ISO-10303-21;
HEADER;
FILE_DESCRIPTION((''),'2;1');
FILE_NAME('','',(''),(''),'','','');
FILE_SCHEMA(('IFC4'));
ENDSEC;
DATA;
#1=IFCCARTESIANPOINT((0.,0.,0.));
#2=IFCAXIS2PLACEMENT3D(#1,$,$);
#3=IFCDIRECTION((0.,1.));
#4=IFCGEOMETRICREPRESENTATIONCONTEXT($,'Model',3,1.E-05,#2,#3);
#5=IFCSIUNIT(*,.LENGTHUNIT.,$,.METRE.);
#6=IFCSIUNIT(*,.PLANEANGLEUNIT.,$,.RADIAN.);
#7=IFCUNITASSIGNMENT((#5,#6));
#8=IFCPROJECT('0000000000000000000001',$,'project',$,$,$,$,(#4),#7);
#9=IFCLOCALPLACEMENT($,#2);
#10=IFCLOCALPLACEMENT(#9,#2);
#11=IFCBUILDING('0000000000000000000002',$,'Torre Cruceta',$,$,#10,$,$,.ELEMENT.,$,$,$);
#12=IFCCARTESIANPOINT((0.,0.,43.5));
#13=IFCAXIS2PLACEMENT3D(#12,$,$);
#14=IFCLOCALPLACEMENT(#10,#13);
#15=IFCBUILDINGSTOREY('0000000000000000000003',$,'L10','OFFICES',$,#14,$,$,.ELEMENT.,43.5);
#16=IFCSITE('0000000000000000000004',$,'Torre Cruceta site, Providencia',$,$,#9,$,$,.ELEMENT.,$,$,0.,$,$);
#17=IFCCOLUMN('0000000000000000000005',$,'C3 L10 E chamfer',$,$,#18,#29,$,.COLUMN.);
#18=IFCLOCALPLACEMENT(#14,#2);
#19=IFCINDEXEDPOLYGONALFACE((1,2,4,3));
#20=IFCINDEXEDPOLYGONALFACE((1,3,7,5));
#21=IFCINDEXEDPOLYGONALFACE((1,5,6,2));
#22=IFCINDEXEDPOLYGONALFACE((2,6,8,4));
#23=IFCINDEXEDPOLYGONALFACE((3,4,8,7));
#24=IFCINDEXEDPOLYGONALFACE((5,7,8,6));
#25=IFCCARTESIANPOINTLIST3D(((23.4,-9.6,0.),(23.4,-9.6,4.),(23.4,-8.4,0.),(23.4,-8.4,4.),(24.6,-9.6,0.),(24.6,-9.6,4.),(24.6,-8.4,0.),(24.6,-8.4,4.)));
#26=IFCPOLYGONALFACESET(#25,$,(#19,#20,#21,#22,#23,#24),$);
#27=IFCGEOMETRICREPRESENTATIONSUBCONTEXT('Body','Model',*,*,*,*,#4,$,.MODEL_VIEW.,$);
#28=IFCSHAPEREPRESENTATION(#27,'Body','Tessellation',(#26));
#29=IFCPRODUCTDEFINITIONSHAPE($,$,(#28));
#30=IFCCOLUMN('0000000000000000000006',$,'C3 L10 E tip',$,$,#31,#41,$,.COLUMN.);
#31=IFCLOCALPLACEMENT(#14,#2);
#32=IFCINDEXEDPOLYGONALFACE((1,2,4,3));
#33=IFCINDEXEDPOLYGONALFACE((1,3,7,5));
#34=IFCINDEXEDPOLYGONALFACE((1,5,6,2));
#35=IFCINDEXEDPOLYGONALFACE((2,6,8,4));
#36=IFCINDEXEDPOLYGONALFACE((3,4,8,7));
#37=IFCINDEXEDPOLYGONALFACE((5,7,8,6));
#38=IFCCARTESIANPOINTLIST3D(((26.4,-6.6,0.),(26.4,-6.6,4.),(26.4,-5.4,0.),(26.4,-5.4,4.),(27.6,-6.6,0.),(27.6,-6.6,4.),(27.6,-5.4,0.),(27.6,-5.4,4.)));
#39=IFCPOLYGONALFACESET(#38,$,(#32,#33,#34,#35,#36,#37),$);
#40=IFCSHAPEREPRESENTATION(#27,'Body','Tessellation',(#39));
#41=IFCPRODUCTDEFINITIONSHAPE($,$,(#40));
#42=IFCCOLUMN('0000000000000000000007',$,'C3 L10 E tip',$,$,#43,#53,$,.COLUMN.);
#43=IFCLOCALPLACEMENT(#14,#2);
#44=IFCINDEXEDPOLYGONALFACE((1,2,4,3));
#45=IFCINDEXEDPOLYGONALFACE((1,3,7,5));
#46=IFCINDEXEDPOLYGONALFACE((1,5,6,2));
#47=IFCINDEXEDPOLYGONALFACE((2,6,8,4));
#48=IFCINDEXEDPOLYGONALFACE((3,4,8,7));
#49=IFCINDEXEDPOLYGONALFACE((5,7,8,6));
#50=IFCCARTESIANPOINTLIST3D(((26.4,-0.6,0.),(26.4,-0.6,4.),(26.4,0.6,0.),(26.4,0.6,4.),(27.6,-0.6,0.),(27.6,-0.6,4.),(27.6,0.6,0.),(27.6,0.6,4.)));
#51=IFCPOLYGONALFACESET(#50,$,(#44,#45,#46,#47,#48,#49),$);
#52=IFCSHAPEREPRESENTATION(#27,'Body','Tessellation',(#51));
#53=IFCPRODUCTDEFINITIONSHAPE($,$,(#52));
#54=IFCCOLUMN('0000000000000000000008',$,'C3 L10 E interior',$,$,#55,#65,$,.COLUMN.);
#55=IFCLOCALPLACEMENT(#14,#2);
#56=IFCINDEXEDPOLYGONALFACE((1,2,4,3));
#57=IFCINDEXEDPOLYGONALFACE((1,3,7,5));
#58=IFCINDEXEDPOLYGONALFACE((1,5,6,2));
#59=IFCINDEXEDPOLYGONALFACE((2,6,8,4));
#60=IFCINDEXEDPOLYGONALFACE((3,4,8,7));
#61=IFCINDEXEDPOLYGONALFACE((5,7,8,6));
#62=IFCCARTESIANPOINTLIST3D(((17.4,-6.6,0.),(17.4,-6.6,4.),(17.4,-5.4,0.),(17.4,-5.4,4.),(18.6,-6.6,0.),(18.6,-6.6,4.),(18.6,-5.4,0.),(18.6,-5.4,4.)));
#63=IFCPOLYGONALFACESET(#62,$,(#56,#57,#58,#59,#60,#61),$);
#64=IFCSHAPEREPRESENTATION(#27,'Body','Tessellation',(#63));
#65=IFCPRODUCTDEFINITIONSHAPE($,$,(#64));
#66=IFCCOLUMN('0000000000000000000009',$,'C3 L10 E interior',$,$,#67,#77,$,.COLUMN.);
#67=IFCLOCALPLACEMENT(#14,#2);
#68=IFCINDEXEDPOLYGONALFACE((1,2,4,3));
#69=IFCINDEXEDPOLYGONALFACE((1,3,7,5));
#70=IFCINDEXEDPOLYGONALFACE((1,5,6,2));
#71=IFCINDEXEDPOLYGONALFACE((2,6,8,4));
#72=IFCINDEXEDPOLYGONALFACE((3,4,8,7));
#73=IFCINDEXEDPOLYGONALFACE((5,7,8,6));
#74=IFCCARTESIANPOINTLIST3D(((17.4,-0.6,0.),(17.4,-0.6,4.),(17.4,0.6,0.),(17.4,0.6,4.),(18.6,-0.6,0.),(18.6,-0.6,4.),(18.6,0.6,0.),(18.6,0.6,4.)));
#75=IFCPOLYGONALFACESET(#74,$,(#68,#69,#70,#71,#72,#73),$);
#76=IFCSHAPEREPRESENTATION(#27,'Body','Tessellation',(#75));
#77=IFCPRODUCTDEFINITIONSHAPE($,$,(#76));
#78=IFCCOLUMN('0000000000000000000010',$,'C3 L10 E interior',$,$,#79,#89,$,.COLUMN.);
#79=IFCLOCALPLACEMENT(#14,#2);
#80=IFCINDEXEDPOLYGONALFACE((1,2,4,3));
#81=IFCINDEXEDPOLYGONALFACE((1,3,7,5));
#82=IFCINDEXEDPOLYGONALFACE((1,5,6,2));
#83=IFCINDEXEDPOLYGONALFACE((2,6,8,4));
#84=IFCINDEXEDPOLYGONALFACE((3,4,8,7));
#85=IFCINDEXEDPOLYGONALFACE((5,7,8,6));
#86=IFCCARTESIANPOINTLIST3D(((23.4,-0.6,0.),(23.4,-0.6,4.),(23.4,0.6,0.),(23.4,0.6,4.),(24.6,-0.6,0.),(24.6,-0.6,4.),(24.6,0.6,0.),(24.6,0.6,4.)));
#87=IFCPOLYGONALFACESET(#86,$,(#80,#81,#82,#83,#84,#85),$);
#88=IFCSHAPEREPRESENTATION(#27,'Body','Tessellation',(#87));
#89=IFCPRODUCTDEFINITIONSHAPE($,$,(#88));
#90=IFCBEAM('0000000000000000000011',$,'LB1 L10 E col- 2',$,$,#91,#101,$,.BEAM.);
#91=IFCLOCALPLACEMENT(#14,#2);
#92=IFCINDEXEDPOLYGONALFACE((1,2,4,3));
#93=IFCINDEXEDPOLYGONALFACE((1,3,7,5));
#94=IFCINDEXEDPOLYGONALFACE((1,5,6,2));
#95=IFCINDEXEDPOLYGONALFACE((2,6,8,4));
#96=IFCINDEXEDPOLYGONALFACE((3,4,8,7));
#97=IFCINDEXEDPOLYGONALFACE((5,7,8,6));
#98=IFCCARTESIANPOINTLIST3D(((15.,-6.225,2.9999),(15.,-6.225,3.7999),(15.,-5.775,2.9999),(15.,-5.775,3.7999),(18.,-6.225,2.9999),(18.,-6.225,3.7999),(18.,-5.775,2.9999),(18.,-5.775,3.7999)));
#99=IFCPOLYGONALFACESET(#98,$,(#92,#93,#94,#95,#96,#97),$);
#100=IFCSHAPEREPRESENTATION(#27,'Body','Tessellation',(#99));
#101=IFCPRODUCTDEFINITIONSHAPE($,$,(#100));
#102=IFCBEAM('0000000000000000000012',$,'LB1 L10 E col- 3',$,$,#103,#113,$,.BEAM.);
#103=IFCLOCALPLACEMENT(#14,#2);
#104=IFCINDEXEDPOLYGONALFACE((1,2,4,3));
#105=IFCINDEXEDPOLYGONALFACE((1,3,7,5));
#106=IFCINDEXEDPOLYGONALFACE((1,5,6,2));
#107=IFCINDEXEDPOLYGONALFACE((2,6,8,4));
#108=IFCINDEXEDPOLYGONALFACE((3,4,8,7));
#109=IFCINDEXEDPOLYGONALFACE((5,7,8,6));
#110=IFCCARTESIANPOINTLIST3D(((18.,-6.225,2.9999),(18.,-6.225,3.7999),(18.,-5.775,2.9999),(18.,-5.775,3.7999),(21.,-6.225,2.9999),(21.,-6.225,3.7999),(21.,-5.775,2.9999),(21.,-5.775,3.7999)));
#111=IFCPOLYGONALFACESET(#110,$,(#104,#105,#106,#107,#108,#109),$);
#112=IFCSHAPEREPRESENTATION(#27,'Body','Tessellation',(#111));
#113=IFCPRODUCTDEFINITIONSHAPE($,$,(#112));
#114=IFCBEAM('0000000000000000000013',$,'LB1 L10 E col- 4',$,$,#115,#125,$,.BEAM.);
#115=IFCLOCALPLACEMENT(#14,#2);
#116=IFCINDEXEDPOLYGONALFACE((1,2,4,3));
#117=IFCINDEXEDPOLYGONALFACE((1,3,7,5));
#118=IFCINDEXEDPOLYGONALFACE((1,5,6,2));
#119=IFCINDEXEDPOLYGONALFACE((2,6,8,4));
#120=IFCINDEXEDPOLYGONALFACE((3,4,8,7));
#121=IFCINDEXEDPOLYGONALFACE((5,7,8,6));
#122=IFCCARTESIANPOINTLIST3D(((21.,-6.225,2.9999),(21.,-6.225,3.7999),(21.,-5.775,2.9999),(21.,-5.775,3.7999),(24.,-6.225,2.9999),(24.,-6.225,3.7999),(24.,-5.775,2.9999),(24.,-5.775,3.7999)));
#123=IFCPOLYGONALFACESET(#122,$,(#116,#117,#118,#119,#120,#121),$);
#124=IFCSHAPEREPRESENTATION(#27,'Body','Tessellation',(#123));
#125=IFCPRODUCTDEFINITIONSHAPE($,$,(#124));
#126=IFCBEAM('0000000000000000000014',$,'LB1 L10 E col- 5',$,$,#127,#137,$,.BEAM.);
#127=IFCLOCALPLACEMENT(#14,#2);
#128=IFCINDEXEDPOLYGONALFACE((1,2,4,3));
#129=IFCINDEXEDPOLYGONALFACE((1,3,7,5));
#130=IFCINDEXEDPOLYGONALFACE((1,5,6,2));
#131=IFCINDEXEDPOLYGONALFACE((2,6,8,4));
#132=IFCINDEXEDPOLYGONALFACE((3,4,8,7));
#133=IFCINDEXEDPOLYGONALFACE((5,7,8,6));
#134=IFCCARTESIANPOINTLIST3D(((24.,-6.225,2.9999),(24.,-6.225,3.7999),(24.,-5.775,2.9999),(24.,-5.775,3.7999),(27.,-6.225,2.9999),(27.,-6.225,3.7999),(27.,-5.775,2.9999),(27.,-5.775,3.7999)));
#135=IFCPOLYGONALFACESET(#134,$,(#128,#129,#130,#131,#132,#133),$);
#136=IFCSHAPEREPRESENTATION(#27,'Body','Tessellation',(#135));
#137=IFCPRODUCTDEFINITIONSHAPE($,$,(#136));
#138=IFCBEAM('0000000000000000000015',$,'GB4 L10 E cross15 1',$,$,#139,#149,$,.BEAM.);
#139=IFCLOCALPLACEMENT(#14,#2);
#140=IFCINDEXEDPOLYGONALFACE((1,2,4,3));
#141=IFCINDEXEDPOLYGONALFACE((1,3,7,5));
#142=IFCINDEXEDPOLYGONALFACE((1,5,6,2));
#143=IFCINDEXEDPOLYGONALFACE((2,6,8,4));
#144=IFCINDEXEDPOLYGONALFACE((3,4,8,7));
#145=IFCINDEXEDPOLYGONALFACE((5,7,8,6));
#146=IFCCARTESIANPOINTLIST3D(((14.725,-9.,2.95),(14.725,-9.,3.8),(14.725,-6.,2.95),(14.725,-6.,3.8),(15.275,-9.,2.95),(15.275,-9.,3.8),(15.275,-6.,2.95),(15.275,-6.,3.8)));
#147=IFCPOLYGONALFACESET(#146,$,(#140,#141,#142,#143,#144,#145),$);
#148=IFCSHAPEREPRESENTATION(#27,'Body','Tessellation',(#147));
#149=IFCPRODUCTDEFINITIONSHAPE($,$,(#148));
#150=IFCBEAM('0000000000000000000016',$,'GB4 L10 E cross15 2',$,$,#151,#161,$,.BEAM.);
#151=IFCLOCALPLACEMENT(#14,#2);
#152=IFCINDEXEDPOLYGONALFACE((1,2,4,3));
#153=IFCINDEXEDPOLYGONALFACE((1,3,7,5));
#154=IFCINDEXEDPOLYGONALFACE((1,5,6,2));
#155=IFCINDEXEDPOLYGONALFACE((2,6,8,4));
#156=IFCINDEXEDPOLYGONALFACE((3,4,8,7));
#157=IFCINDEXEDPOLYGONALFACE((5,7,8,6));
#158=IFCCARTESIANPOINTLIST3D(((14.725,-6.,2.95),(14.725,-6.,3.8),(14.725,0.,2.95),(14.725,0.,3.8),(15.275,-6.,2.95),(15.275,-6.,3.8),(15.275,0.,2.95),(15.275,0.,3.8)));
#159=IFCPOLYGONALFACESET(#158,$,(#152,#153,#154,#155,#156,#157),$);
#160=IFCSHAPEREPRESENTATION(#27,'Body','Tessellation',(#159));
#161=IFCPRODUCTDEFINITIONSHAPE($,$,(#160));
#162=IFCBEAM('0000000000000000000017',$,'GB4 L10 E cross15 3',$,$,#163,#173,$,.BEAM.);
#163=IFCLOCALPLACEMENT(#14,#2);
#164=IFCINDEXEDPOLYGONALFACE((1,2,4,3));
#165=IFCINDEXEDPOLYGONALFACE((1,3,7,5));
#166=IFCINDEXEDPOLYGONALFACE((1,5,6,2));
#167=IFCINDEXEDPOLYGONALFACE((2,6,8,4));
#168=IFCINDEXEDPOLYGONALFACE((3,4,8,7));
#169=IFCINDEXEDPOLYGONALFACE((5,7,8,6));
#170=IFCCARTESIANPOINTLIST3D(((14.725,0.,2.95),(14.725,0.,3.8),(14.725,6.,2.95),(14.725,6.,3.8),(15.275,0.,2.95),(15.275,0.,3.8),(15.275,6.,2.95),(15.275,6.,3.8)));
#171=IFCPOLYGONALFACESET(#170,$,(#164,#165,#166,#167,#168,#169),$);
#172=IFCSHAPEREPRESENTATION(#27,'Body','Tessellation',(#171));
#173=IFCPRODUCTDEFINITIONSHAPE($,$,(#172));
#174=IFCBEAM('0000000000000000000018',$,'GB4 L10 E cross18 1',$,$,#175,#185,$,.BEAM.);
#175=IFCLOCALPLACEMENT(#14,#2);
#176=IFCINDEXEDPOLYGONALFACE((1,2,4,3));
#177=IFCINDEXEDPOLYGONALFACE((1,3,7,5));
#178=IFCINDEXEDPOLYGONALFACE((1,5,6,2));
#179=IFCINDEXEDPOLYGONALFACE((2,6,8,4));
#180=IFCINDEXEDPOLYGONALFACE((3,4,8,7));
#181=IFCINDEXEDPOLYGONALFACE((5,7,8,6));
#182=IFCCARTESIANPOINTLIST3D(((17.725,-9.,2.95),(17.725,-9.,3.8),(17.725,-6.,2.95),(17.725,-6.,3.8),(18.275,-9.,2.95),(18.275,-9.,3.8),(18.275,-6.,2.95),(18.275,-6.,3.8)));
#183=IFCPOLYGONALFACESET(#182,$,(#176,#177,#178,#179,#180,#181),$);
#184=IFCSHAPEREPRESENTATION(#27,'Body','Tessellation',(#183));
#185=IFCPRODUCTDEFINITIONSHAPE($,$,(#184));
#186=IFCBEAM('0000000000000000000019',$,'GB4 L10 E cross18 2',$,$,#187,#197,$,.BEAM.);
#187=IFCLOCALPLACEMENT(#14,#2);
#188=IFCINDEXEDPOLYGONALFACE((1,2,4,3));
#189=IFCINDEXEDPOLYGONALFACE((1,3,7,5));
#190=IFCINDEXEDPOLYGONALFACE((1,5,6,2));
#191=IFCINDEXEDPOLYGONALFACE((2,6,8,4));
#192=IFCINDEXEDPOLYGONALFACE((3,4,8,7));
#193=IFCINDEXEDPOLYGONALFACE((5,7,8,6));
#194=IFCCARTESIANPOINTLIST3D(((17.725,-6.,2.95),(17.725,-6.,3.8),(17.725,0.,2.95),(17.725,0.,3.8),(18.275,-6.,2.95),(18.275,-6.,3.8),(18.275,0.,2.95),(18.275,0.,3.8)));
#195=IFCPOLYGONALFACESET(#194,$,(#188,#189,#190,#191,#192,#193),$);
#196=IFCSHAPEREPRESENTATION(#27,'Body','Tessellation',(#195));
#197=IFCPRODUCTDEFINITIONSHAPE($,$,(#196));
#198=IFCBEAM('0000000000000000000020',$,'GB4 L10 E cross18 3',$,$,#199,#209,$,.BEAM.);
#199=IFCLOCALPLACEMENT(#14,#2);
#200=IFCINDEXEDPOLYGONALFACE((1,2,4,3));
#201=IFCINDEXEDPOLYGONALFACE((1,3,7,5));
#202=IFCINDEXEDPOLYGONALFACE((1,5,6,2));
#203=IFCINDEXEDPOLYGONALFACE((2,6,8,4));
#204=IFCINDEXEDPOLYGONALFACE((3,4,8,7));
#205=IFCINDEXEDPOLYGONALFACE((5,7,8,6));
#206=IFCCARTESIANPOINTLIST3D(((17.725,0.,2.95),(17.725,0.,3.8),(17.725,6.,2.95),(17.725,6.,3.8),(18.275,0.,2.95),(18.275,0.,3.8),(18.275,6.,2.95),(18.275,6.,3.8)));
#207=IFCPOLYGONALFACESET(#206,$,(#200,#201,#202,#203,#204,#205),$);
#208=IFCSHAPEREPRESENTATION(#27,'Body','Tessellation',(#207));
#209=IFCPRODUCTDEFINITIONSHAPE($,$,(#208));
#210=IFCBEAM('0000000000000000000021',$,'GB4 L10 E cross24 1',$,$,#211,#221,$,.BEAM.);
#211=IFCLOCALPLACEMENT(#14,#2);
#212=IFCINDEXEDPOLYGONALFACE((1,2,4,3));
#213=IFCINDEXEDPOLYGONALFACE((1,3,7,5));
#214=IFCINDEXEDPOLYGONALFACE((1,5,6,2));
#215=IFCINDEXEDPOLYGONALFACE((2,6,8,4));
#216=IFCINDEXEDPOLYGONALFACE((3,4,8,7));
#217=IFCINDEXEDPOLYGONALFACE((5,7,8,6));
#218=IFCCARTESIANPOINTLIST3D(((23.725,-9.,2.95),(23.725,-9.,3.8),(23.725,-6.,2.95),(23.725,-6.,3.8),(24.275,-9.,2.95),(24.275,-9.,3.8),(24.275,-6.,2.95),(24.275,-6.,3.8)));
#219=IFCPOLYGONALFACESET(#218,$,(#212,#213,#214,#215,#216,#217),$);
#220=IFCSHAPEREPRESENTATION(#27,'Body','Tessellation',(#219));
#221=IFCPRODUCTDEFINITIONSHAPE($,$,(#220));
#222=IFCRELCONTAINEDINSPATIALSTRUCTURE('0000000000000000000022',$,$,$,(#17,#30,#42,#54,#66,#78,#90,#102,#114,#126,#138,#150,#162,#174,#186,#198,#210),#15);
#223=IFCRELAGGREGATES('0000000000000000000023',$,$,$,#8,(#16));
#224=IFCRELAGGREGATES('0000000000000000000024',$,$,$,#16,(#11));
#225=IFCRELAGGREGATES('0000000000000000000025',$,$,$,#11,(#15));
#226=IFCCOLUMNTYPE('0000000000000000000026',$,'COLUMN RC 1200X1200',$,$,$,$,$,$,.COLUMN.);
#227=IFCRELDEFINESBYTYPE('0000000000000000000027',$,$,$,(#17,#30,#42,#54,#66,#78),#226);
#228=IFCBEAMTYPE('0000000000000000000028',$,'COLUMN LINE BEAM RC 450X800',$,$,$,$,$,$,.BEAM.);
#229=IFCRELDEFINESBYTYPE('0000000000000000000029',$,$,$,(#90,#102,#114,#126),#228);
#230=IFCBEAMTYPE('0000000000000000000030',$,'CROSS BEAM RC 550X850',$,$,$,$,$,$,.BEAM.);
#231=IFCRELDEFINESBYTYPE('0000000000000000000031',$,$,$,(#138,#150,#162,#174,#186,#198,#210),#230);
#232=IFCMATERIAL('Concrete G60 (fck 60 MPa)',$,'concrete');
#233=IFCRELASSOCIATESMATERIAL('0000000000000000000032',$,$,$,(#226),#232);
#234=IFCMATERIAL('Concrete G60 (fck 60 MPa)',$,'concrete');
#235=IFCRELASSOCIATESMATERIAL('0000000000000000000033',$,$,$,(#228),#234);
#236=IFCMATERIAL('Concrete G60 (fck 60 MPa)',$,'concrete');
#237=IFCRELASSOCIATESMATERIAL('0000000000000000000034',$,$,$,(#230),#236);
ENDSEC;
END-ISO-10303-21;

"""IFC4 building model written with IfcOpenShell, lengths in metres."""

from ifc_helpers import new_model, si_unit, direction, frame, origin, origin_2d, place, context, subcontext, project, spatial, rectangle, extrude, material, material_profile, profile_set, type_object, element, save


model = new_model("IFC4")

# Units and contexts
model_context = context("Model", 3, precision=1e-05, world=origin(), true_north=direction((0.0, 1.0)))
body_context = subcontext(model_context, "Body", "Model", "MODEL_VIEW")
ifc_project = project(units=[si_unit("LENGTHUNIT", "METRE"), si_unit("PLANEANGLEUNIT", "RADIAN")], contexts=[model_context])

# Site, building, storey
site_placement = place(None, origin())
site = spatial("IfcSite", under=ifc_project, at=site_placement, Name="Torre Cruceta site, Providencia", CompositionType="ELEMENT", RefElevation=0.0)
building_placement = place(site_placement, origin())
building = spatial("IfcBuilding", under=site, at=building_placement, Name="Torre Cruceta", CompositionType="ELEMENT")
storey_placement = place(building_placement, frame((0.0, 0.0, 43.5)))
storey = spatial("IfcBuildingStorey", under=building, at=storey_placement, Name="L10", Description="OFFICES", CompositionType="ELEMENT", Elevation=43.5)

# Columns
ifc_material_1 = material(Name="Concrete G60 (fck 60 MPa)", Category="concrete")
ifc_material_profile_1 = material_profile(ifc_material_1, rectangle(XDim=1.2, YDim=1.2, at=origin_2d()), Name="RC 1200X1200")
ifc_profile_set_1 = profile_set([ifc_material_profile_1], Name="Concrete G60 (fck 60 MPa)")
column_type = type_object("IfcColumnType", Name="COLUMN RC 1200X1200", PredefinedType="COLUMN", material=ifc_profile_set_1)
for number, where, z_axis, x_axis, name in (
    (1, (24.0, -9.0, 0.0), (0.0, 0.0, 1.0), (1.0, 0.0, 0.0), "C3 L10 E chamfer"),
    (2, (27.0, -6.0, 0.0), (0.0, 0.0, 1.0), (1.0, 0.0, 0.0), "C3 L10 E tip"),
    (3, (27.0, 0.0, 0.0), (0.0, 0.0, 1.0), (1.0, 0.0, 0.0), "C3 L10 E tip"),
    (4, (18.0, -6.0, 0.0), (0.0, 0.0, 1.0), (1.0, 0.0, 0.0), "C3 L10 E interior"),
    (5, (18.0, 0.0, 0.0), (0.0, 0.0, 1.0), (1.0, 0.0, 0.0), "C3 L10 E interior"),
    (6, (24.0, 0.0, 0.0), (0.0, 0.0, 1.0), (1.0, 0.0, 0.0), "C3 L10 E interior"),
):
    element("IfcColumn", number, at=place(storey_placement, frame(where, z_axis=z_axis, x_axis=x_axis)), inside=storey, type_object=column_type, Name=name, PredefinedType="COLUMN", context=body_context, shape_type="SweptSolid", body=[
        extrude(rectangle(XDim=1.2, YDim=1.2, at=origin_2d()), origin(), (0.0, 0.0, 1.0), 4.0),
    ])

# Beams
ifc_material_2 = material(Name="Concrete G60 (fck 60 MPa)", Category="concrete")
ifc_material_profile_2 = material_profile(ifc_material_2, rectangle(XDim=0.45, YDim=0.8, at=origin_2d()), Name="RC 450X800")
ifc_profile_set_2 = profile_set([ifc_material_profile_2], Name="Concrete G60 (fck 60 MPa)")
beam_type_1 = type_object("IfcBeamType", Name="COLUMN LINE BEAM RC 450X800", PredefinedType="BEAM", material=ifc_profile_set_2)
for number, where, z_axis, x_axis, name in (
    (7, (15.0, -6.0, 3.3999), (1.0, 0.0, 0.0), (0.0, 1.0, 0.0), "LB1 L10 E col- 2"),
    (8, (18.0, -6.0, 3.3999), (1.0, 0.0, 0.0), (0.0, 1.0, 0.0), "LB1 L10 E col- 3"),
    (9, (21.0, -6.0, 3.3999), (1.0, 0.0, 0.0), (0.0, 1.0, 0.0), "LB1 L10 E col- 4"),
    (10, (24.0, -6.0, 3.3999), (1.0, 0.0, 0.0), (0.0, 1.0, 0.0), "LB1 L10 E col- 5"),
):
    element("IfcBeam", number, at=place(storey_placement, frame(where, z_axis=z_axis, x_axis=x_axis)), inside=storey, type_object=beam_type_1, Name=name, PredefinedType="BEAM", context=body_context, shape_type="SweptSolid", body=[
        extrude(rectangle(XDim=0.45, YDim=0.8, at=origin_2d()), origin(), (0.0, 0.0, 1.0), 3.0),
    ])
ifc_material_3 = material(Name="Concrete G60 (fck 60 MPa)", Category="concrete")
ifc_material_profile_3 = material_profile(ifc_material_3, rectangle(XDim=0.55, YDim=0.8501, at=origin_2d()), Name="RC 550X850")
ifc_profile_set_3 = profile_set([ifc_material_profile_3], Name="Concrete G60 (fck 60 MPa)")
beam_type_2 = type_object("IfcBeamType", Name="CROSS BEAM RC 550X850", PredefinedType="BEAM", material=ifc_profile_set_3)
beam_1_placement = place(storey_placement, frame((15.0, -9.0, 3.375), z_axis=(0.0, 1.0, 0.0), x_axis=(-1.0, 0.0, 0.0)))
element("IfcBeam", 11, at=beam_1_placement, inside=storey, type_object=beam_type_2, Name="GB4 L10 E cross15 1", PredefinedType="BEAM", context=body_context, shape_type="SweptSolid", body=[
    extrude(rectangle(XDim=0.55, YDim=0.8501, at=origin_2d()), origin(), (0.0, 0.0, 1.0), 3.0),
])
for number, where, z_axis, x_axis, name in (
    (12, (15.0, -6.0, 3.375), (0.0, 1.0, 0.0), (-1.0, 0.0, 0.0), "GB4 L10 E cross15 2"),
    (13, (15.0, 0.0, 3.375), (0.0, 1.0, 0.0), (-1.0, 0.0, 0.0), "GB4 L10 E cross15 3"),
):
    element("IfcBeam", number, at=place(storey_placement, frame(where, z_axis=z_axis, x_axis=x_axis)), inside=storey, type_object=beam_type_2, Name=name, PredefinedType="BEAM", context=body_context, shape_type="SweptSolid", body=[
        extrude(rectangle(XDim=0.55, YDim=0.8501, at=origin_2d()), origin(), (0.0, 0.0, 1.0), 6.0),
    ])
beam_2_placement = place(storey_placement, frame((18.0, -9.0, 3.375), z_axis=(0.0, 1.0, 0.0), x_axis=(-1.0, 0.0, 0.0)))
element("IfcBeam", 14, at=beam_2_placement, inside=storey, type_object=beam_type_2, Name="GB4 L10 E cross18 1", PredefinedType="BEAM", context=body_context, shape_type="SweptSolid", body=[
    extrude(rectangle(XDim=0.55, YDim=0.8501, at=origin_2d()), origin(), (0.0, 0.0, 1.0), 3.0),
])
for number, where, z_axis, x_axis, name in (
    (15, (18.0, -6.0, 3.375), (0.0, 1.0, 0.0), (-1.0, 0.0, 0.0), "GB4 L10 E cross18 2"),
    (16, (18.0, 0.0, 3.375), (0.0, 1.0, 0.0), (-1.0, 0.0, 0.0), "GB4 L10 E cross18 3"),
):
    element("IfcBeam", number, at=place(storey_placement, frame(where, z_axis=z_axis, x_axis=x_axis)), inside=storey, type_object=beam_type_2, Name=name, PredefinedType="BEAM", context=body_context, shape_type="SweptSolid", body=[
        extrude(rectangle(XDim=0.55, YDim=0.8501, at=origin_2d()), origin(), (0.0, 0.0, 1.0), 6.0),
    ])
beam_3_placement = place(storey_placement, frame((24.0, -9.0, 3.375), z_axis=(0.0, 1.0, 0.0), x_axis=(-1.0, 0.0, 0.0)))
element("IfcBeam", 17, at=beam_3_placement, inside=storey, type_object=beam_type_2, Name="GB4 L10 E cross24 1", PredefinedType="BEAM", context=body_context, shape_type="SweptSolid", body=[
    extrude(rectangle(XDim=0.55, YDim=0.8501, at=origin_2d()), origin(), (0.0, 0.0, 1.0), 3.0),
])

save(model, "model.ifc")
